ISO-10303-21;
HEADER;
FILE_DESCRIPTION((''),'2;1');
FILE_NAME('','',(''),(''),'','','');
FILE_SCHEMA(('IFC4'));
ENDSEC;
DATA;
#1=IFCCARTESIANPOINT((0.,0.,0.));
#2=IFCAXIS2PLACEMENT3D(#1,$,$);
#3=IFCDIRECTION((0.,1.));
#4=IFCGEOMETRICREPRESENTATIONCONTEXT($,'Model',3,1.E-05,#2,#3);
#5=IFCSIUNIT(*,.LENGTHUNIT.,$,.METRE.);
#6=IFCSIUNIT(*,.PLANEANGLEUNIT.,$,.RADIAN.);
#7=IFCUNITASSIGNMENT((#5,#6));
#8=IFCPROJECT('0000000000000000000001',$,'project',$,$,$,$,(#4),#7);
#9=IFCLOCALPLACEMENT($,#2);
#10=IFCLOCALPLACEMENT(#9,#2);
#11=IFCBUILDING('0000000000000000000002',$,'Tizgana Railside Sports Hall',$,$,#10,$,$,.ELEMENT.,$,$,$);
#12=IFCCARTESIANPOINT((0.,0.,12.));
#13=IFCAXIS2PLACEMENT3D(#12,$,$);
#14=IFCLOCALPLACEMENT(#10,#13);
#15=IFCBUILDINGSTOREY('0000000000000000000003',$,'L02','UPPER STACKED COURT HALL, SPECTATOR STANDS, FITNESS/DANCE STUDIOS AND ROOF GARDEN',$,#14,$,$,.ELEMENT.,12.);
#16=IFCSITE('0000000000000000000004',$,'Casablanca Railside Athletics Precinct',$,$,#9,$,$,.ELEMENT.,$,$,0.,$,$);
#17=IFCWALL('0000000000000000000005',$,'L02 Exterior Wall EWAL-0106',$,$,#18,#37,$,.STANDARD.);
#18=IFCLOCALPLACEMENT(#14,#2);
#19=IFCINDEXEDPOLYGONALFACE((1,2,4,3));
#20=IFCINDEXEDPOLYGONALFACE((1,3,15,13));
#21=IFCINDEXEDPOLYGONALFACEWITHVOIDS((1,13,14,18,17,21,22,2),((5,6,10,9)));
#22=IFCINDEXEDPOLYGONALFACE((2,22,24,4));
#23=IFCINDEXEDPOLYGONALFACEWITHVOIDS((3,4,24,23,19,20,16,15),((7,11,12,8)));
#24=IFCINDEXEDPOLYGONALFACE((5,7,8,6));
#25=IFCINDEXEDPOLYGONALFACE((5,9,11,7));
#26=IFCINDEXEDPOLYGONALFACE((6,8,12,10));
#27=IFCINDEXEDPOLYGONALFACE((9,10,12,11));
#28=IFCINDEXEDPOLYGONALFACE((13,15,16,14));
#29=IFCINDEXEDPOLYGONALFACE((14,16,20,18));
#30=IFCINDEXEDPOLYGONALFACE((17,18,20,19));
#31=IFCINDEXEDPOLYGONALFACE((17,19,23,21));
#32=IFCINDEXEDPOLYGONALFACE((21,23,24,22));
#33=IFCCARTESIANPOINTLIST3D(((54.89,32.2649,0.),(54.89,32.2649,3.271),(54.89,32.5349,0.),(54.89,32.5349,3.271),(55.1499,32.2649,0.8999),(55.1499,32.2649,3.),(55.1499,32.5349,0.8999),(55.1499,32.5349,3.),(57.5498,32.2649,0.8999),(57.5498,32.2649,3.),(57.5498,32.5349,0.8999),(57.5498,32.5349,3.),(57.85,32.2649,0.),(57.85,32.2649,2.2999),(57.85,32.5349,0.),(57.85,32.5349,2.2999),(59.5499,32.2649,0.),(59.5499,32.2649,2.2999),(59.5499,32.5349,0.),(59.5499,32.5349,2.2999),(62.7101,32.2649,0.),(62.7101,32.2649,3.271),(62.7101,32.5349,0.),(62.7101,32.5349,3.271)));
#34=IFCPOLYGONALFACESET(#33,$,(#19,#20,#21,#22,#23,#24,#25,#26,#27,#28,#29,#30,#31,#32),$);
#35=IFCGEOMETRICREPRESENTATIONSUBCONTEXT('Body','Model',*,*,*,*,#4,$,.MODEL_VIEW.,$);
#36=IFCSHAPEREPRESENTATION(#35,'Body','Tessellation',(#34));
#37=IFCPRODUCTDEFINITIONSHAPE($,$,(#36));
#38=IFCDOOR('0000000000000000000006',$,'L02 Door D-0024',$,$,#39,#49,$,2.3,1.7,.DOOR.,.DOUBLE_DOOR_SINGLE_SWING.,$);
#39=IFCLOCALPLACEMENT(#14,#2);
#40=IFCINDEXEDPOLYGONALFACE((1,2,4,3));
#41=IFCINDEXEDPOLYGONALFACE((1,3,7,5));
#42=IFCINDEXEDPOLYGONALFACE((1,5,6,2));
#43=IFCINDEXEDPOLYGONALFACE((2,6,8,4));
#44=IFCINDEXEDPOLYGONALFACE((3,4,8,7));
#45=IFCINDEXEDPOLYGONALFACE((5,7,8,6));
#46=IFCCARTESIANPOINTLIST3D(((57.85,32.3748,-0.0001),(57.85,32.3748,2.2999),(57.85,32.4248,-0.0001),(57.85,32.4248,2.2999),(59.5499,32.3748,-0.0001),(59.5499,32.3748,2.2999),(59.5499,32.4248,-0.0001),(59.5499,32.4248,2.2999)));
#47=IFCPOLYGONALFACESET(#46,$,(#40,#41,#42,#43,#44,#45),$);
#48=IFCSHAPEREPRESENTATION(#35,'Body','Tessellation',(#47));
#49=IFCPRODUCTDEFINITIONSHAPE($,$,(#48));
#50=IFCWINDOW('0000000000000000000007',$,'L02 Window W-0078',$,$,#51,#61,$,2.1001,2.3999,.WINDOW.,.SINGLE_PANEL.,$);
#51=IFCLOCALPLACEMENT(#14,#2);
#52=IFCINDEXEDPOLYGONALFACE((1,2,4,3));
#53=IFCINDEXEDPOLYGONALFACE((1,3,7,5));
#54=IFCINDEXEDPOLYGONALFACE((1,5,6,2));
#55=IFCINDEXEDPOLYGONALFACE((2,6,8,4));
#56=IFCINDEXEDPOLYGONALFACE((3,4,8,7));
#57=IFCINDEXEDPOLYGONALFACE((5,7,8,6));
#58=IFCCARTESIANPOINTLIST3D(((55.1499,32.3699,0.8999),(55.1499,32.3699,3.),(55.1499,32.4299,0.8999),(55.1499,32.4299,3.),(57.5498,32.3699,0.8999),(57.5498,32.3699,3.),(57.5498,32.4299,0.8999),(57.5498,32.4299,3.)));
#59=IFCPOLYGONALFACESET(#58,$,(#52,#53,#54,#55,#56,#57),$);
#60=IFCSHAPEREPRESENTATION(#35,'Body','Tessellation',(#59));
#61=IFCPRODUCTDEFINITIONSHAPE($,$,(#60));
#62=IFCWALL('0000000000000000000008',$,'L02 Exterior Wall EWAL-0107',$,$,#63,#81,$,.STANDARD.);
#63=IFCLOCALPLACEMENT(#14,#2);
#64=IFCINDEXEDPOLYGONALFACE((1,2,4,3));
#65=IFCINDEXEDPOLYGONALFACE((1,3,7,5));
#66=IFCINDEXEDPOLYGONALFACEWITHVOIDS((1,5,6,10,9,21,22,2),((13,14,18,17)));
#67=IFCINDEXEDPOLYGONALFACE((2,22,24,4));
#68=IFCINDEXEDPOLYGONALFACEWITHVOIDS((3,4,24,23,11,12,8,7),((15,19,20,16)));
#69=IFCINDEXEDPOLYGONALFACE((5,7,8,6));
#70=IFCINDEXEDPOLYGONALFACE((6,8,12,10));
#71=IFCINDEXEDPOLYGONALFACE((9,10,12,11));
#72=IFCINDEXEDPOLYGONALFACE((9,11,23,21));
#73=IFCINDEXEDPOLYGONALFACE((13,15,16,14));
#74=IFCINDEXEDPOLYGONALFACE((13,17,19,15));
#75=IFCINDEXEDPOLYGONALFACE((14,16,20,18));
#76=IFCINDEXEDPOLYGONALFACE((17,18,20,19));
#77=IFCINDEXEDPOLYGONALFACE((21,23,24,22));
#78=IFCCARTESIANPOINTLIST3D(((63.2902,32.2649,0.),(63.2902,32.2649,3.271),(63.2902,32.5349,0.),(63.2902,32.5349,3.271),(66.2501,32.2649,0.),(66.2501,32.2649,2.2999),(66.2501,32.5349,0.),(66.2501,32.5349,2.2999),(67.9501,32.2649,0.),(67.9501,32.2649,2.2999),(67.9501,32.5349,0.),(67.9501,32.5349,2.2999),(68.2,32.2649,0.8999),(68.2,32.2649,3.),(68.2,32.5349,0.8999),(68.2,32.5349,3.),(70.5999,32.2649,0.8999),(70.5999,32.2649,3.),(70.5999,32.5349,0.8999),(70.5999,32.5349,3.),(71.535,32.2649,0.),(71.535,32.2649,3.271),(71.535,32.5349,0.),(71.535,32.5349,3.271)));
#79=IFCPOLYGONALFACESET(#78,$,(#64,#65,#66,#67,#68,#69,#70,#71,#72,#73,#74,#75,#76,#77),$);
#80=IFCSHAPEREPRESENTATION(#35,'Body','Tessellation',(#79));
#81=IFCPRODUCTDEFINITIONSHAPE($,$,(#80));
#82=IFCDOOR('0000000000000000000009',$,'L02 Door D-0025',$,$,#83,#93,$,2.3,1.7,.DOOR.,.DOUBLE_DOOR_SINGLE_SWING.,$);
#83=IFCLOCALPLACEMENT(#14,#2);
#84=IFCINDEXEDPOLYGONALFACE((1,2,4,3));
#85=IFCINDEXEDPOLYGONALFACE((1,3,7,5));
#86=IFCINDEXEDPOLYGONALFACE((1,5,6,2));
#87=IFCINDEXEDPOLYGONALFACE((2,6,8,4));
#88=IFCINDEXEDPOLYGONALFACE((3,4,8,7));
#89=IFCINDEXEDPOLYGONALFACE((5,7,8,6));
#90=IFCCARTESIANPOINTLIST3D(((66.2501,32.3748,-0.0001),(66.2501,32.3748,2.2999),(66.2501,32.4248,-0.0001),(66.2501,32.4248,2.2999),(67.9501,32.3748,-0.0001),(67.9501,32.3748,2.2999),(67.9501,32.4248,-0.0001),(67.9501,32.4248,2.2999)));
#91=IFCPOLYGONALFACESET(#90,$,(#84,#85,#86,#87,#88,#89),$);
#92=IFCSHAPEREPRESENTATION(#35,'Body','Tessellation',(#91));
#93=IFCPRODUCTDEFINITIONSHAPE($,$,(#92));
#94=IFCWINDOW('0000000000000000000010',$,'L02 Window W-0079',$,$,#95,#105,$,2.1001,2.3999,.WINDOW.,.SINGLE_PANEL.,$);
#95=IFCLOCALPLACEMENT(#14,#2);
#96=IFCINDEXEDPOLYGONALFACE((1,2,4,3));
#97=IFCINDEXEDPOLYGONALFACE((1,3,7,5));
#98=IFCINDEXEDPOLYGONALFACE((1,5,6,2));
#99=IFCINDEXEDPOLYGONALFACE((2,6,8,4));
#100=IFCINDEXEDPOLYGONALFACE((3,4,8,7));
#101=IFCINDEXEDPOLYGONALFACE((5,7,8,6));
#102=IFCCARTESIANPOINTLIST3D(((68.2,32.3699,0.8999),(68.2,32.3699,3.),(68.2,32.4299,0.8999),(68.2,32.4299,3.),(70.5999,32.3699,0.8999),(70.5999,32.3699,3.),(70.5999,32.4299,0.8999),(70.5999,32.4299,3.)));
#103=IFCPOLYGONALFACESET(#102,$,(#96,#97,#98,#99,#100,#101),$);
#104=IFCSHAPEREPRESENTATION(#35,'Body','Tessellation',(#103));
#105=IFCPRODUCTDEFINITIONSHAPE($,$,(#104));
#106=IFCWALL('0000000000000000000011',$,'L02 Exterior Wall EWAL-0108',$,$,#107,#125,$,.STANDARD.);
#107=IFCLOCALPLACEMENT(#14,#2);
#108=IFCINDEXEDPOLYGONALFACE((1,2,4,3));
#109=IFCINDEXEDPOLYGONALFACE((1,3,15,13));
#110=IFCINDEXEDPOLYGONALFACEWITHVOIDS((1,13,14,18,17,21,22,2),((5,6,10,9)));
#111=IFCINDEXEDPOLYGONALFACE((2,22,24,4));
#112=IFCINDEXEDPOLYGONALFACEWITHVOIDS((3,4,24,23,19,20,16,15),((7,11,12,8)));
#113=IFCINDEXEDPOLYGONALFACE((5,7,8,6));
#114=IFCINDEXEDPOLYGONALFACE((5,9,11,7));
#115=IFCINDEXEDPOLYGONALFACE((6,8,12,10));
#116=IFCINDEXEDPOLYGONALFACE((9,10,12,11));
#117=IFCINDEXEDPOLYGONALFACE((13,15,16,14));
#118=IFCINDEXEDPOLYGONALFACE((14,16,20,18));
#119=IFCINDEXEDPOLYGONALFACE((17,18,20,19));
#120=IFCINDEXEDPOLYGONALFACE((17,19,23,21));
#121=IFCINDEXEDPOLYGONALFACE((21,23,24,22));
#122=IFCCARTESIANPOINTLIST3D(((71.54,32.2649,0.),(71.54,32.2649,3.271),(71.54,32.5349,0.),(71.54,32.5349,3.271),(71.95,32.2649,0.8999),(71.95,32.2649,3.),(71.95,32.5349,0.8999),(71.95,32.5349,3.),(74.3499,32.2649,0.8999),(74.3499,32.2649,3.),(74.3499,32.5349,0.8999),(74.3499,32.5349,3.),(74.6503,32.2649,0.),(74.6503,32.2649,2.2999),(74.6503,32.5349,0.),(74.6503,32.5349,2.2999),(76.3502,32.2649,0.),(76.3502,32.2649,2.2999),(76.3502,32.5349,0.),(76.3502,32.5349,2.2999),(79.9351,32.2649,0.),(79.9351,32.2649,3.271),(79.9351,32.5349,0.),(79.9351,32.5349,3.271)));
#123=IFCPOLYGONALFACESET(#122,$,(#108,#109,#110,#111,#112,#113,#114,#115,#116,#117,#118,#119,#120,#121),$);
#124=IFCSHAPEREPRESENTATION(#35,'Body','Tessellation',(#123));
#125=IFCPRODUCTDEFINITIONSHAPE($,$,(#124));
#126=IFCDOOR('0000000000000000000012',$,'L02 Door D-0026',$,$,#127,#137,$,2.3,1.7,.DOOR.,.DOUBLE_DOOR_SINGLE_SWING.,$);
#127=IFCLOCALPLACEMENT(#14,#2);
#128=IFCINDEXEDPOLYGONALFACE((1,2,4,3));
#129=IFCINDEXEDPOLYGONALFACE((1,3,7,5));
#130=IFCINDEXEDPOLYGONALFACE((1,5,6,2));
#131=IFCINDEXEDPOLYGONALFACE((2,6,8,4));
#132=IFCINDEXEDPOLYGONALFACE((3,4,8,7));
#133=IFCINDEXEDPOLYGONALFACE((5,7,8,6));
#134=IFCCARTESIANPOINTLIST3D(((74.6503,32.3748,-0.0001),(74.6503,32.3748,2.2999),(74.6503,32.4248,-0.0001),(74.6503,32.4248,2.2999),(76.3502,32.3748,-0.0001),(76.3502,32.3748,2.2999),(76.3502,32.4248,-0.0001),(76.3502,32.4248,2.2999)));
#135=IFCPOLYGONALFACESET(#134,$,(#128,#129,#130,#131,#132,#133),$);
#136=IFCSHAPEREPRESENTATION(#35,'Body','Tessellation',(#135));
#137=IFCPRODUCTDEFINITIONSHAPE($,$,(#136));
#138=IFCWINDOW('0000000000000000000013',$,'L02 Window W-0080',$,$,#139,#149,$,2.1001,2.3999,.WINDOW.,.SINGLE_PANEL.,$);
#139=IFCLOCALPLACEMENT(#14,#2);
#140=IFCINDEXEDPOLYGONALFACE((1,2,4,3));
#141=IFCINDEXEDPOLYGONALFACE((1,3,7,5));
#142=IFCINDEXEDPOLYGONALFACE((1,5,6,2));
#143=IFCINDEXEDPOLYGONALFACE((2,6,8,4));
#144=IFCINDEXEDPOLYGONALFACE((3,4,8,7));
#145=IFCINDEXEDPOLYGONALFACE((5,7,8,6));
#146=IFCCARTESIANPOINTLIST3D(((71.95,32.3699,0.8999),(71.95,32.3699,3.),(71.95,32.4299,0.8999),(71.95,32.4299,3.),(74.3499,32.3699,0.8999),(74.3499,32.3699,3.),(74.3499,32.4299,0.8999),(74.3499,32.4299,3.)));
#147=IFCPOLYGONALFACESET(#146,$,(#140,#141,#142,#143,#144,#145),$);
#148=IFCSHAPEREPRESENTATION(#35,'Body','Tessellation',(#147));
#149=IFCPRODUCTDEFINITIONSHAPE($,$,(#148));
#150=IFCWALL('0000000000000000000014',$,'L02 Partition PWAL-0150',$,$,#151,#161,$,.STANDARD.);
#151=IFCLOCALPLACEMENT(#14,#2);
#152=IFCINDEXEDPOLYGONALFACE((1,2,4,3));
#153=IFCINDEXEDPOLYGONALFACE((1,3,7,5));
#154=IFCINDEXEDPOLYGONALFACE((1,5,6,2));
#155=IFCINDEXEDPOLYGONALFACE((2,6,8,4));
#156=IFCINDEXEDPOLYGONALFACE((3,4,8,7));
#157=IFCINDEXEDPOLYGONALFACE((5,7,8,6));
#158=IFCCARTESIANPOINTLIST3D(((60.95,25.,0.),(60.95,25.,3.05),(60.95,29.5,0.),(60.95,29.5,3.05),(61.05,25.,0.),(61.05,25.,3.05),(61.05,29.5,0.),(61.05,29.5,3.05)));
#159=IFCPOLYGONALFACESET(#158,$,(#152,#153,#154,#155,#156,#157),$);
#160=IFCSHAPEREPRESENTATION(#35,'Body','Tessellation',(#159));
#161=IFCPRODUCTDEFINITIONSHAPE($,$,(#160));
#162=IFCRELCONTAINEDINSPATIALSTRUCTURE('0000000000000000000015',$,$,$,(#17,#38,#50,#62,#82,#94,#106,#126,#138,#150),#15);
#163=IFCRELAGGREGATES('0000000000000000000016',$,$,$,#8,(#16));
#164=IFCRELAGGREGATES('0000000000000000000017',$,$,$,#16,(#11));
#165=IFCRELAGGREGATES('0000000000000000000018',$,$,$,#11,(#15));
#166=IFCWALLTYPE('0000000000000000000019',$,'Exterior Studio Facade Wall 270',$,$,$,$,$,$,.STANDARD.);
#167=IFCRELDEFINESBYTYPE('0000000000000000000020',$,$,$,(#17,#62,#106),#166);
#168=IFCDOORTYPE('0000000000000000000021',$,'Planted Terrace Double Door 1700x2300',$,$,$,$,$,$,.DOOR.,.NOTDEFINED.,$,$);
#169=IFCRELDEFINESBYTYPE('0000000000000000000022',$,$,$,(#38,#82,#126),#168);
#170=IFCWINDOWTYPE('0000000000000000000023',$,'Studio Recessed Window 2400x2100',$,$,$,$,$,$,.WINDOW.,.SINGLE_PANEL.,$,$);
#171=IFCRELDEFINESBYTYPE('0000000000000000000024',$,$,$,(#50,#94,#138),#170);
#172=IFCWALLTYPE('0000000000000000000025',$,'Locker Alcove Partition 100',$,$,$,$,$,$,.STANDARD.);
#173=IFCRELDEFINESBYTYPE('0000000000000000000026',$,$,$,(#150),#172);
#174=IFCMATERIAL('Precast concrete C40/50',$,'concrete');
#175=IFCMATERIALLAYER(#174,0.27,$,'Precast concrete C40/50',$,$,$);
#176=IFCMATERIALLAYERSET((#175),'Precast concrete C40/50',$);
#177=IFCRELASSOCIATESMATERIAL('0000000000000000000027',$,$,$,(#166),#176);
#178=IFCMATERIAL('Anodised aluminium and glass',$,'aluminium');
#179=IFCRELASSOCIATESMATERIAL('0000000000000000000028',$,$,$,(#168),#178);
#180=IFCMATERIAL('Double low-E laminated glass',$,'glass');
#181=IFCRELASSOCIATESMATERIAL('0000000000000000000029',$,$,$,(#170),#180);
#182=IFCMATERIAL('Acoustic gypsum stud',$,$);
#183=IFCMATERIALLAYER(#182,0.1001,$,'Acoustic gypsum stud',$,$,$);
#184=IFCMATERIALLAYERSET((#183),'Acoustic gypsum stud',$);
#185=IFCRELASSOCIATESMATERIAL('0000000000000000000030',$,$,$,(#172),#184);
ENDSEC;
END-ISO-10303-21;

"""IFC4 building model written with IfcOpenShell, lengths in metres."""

from ifc_helpers import new_model, si_unit, direction, frame, frame_2d, origin, place, context, subcontext, project, spatial, rectangle, extrude, material, layer, layer_set, type_object, element, fill, save


model = new_model("IFC4")

# Units and contexts
model_context = context("Model", 3, precision=1e-05, world=origin(), true_north=direction((0.0, 1.0)))
body_context = subcontext(model_context, "Body", "Model", "MODEL_VIEW")
ifc_project = project(units=[si_unit("LENGTHUNIT", "METRE"), si_unit("PLANEANGLEUNIT", "RADIAN")], contexts=[model_context])

# Site, building, storey
site_placement = place(None, origin())
site = spatial("IfcSite", under=ifc_project, at=site_placement, Name="Casablanca Railside Athletics Precinct", CompositionType="ELEMENT", RefElevation=0.0)
building_placement = place(site_placement, origin())
building = spatial("IfcBuilding", under=site, at=building_placement, Name="Tizgana Railside Sports Hall", CompositionType="ELEMENT")
storey_placement = place(building_placement, frame((0.0, 0.0, 12.0)))
storey = spatial("IfcBuildingStorey", under=building, at=storey_placement, Name="L02", Description="UPPER STACKED COURT HALL, SPECTATOR STANDS, FITNESS/DANCE STUDIOS AND ROOF GARDEN", CompositionType="ELEMENT", Elevation=12.0)

# Walls, openings, doors, windows
ifc_material_1 = material(Name="Precast concrete C40/50", Category="concrete")
ifc_layer_1 = layer(ifc_material_1, 0.27, Name="Precast concrete C40/50")
ifc_layer_set_1 = layer_set([ifc_layer_1], Name="Precast concrete C40/50")
wall_type_1 = type_object("IfcWallType", Name="Exterior Studio Facade Wall 270", PredefinedType="STANDARD", material=ifc_layer_set_1)
wall_1_placement = place(storey_placement, frame((54.8899, 32.3999, 0.0), z_axis=(0.0, 0.0, 1.0), x_axis=(1.0, 0.0, 0.0)))
wall_1 = element("IfcWall", 1, at=wall_1_placement, inside=storey, type_object=wall_type_1, Name="L02 Exterior Wall EWAL-0106", PredefinedType="STANDARD", context=body_context, shape_type="SweptSolid", body=[
    extrude(rectangle(XDim=7.8201, YDim=0.27, at=frame_2d((3.9102, 0.0))), origin(), (0.0, 0.0, 1.0), 3.271),
])
opening_1_placement = place(wall_1_placement, frame((2.96, 0.0, 0.0)))
opening_1 = element("IfcOpeningElement", 2, at=opening_1_placement, cuts=wall_1, PredefinedType="OPENING", context=body_context, shape_type="SweptSolid", body=[
    extrude(rectangle(XDim=1.7, YDim=2.3, at=frame_2d((0.8501, 1.1499))), frame((0.0, 0.145, 0.0), z_axis=(0.0, -1.0, 0.0), x_axis=(1.0, 0.0, 0.0)), (0.0, 0.0, 1.0), 0.29),
])
opening_2_placement = place(wall_1_placement, frame((0.26, 0.0, 0.8999)))
opening_2 = element("IfcOpeningElement", 3, at=opening_2_placement, cuts=wall_1, PredefinedType="OPENING", context=body_context, shape_type="SweptSolid", body=[
    extrude(rectangle(XDim=2.3999, YDim=2.1001, at=frame_2d((1.2, 1.05))), frame((0.0, 0.145, 0.0), z_axis=(0.0, -1.0, 0.0), x_axis=(1.0, 0.0, 0.0)), (0.0, 0.0, 1.0), 0.29),
])
ifc_material_2 = material(Name="Anodised aluminium and glass", Category="aluminium")
door_type = type_object("IfcDoorType", Name="Planted Terrace Double Door 1700x2300", OperationType="NOTDEFINED", PredefinedType="DOOR", material=ifc_material_2)
door_1_placement = place(opening_1_placement, origin())
door_1 = element("IfcDoor", 4, at=door_1_placement, inside=storey, type_object=door_type, Name="L02 Door D-0024", OperationType="DOUBLE_DOOR_SINGLE_SWING", OverallHeight=2.3, OverallWidth=1.7, PredefinedType="DOOR", context=body_context, shape_type="SweptSolid", body=[
    extrude(rectangle(XDim=1.7, YDim=2.3, at=frame_2d((0.8501, 1.1499))), frame((0.0, 0.0249, 0.0), z_axis=(0.0, -1.0, 0.0), x_axis=(1.0, 0.0, 0.0)), (0.0, 0.0, 1.0), 0.05),
])
fill(opening_1, door_1)
ifc_material_3 = material(Name="Double low-E laminated glass", Category="glass")
window_type = type_object("IfcWindowType", Name="Studio Recessed Window 2400x2100", PartitioningType="SINGLE_PANEL", PredefinedType="WINDOW", material=ifc_material_3)
window_1_placement = place(opening_2_placement, origin())
window_1 = element("IfcWindow", 5, at=window_1_placement, inside=storey, type_object=window_type, Name="L02 Window W-0078", OverallHeight=2.1001, OverallWidth=2.3999, PartitioningType="SINGLE_PANEL", PredefinedType="WINDOW", context=body_context, shape_type="SweptSolid", body=[
    extrude(rectangle(XDim=2.3999, YDim=2.1001, at=frame_2d((1.2, 1.05))), frame((0.0, 0.03, 0.0), z_axis=(0.0, -1.0, 0.0), x_axis=(1.0, 0.0, 0.0)), (0.0, 0.0, 1.0), 0.0601),
])
fill(opening_2, window_1)
wall_2_placement = place(storey_placement, frame((63.29, 32.3999, 0.0), z_axis=(0.0, 0.0, 1.0), x_axis=(1.0, 0.0, 0.0)))
wall_2 = element("IfcWall", 6, at=wall_2_placement, inside=storey, type_object=wall_type_1, Name="L02 Exterior Wall EWAL-0107", PredefinedType="STANDARD", context=body_context, shape_type="SweptSolid", body=[
    extrude(rectangle(XDim=8.2449, YDim=0.27, at=frame_2d((4.1226, 0.0))), origin(), (0.0, 0.0, 1.0), 3.271),
])
opening_3_placement = place(wall_2_placement, frame((2.96, 0.0, 0.0)))
opening_3 = element("IfcOpeningElement", 7, at=opening_3_placement, cuts=wall_2, PredefinedType="OPENING", context=body_context, shape_type="SweptSolid", body=[
    extrude(rectangle(XDim=1.7, YDim=2.3, at=frame_2d((0.8501, 1.1499))), frame((0.0, 0.145, 0.0), z_axis=(0.0, -1.0, 0.0), x_axis=(1.0, 0.0, 0.0)), (0.0, 0.0, 1.0), 0.29),
])
opening_4_placement = place(wall_2_placement, frame((4.9099, 0.0, 0.8999)))
opening_4 = element("IfcOpeningElement", 8, at=opening_4_placement, cuts=wall_2, PredefinedType="OPENING", context=body_context, shape_type="SweptSolid", body=[
    extrude(rectangle(XDim=2.3999, YDim=2.1001, at=frame_2d((1.2, 1.05))), frame((0.0, 0.145, 0.0), z_axis=(0.0, -1.0, 0.0), x_axis=(1.0, 0.0, 0.0)), (0.0, 0.0, 1.0), 0.29),
])
door_2_placement = place(opening_3_placement, origin())
door_2 = element("IfcDoor", 9, at=door_2_placement, inside=storey, type_object=door_type, Name="L02 Door D-0025", OperationType="DOUBLE_DOOR_SINGLE_SWING", OverallHeight=2.3, OverallWidth=1.7, PredefinedType="DOOR", context=body_context, shape_type="SweptSolid", body=[
    extrude(rectangle(XDim=1.7, YDim=2.3, at=frame_2d((0.8501, 1.1499))), frame((0.0, 0.0249, 0.0), z_axis=(0.0, -1.0, 0.0), x_axis=(1.0, 0.0, 0.0)), (0.0, 0.0, 1.0), 0.05),
])
fill(opening_3, door_2)
window_2_placement = place(opening_4_placement, origin())
window_2 = element("IfcWindow", 10, at=window_2_placement, inside=storey, type_object=window_type, Name="L02 Window W-0079", OverallHeight=2.1001, OverallWidth=2.3999, PartitioningType="SINGLE_PANEL", PredefinedType="WINDOW", context=body_context, shape_type="SweptSolid", body=[
    extrude(rectangle(XDim=2.3999, YDim=2.1001, at=frame_2d((1.2, 1.05))), frame((0.0, 0.03, 0.0), z_axis=(0.0, -1.0, 0.0), x_axis=(1.0, 0.0, 0.0)), (0.0, 0.0, 1.0), 0.0601),
])
fill(opening_4, window_2)
wall_3_placement = place(storey_placement, frame((71.54, 32.3999, 0.0), z_axis=(0.0, 0.0, 1.0), x_axis=(1.0, 0.0, 0.0)))
wall_3 = element("IfcWall", 11, at=wall_3_placement, inside=storey, type_object=wall_type_1, Name="L02 Exterior Wall EWAL-0108", PredefinedType="STANDARD", context=body_context, shape_type="SweptSolid", body=[
    extrude(rectangle(XDim=8.395, YDim=0.27, at=frame_2d((4.1975, 0.0))), origin(), (0.0, 0.0, 1.0), 3.271),
])
opening_5_placement = place(wall_3_placement, frame((3.1101, 0.0, 0.0)))
opening_5 = element("IfcOpeningElement", 12, at=opening_5_placement, cuts=wall_3, PredefinedType="OPENING", context=body_context, shape_type="SweptSolid", body=[
    extrude(rectangle(XDim=1.7, YDim=2.3, at=frame_2d((0.8501, 1.1499))), frame((0.0, 0.145, 0.0), z_axis=(0.0, -1.0, 0.0), x_axis=(1.0, 0.0, 0.0)), (0.0, 0.0, 1.0), 0.29),
])
opening_6_placement = place(wall_3_placement, frame((0.4099, 0.0, 0.8999)))
opening_6 = element("IfcOpeningElement", 13, at=opening_6_placement, cuts=wall_3, PredefinedType="OPENING", context=body_context, shape_type="SweptSolid", body=[
    extrude(rectangle(XDim=2.3999, YDim=2.1001, at=frame_2d((1.2, 1.05))), frame((0.0, 0.145, 0.0), z_axis=(0.0, -1.0, 0.0), x_axis=(1.0, 0.0, 0.0)), (0.0, 0.0, 1.0), 0.29),
])
door_3_placement = place(opening_5_placement, origin())
door_3 = element("IfcDoor", 14, at=door_3_placement, inside=storey, type_object=door_type, Name="L02 Door D-0026", OperationType="DOUBLE_DOOR_SINGLE_SWING", OverallHeight=2.3, OverallWidth=1.7, PredefinedType="DOOR", context=body_context, shape_type="SweptSolid", body=[
    extrude(rectangle(XDim=1.7, YDim=2.3, at=frame_2d((0.8501, 1.1499))), frame((0.0, 0.0249, 0.0), z_axis=(0.0, -1.0, 0.0), x_axis=(1.0, 0.0, 0.0)), (0.0, 0.0, 1.0), 0.05),
])
fill(opening_5, door_3)
window_3_placement = place(opening_6_placement, origin())
window_3 = element("IfcWindow", 15, at=window_3_placement, inside=storey, type_object=window_type, Name="L02 Window W-0080", OverallHeight=2.1001, OverallWidth=2.3999, PartitioningType="SINGLE_PANEL", PredefinedType="WINDOW", context=body_context, shape_type="SweptSolid", body=[
    extrude(rectangle(XDim=2.3999, YDim=2.1001, at=frame_2d((1.2, 1.05))), frame((0.0, 0.03, 0.0), z_axis=(0.0, -1.0, 0.0), x_axis=(1.0, 0.0, 0.0)), (0.0, 0.0, 1.0), 0.0601),
])
fill(opening_6, window_3)

# Wall
ifc_material_4 = material(Name="Acoustic gypsum stud")
ifc_layer_2 = layer(ifc_material_4, 0.1001, Name="Acoustic gypsum stud")
ifc_layer_set_2 = layer_set([ifc_layer_2], Name="Acoustic gypsum stud")
wall_type_2 = type_object("IfcWallType", Name="Locker Alcove Partition 100", PredefinedType="STANDARD", material=ifc_layer_set_2)
for number, where, z_axis, x_axis, name in (
    (16, (61.0, 25.0, 0.0), (0.0, 0.0, 1.0), (0.0, 1.0, 0.0), "L02 Partition PWAL-0150"),
):
    element("IfcWall", number, at=place(storey_placement, frame(where, z_axis=z_axis, x_axis=x_axis)), inside=storey, type_object=wall_type_2, Name=name, PredefinedType="STANDARD", context=body_context, shape_type="SweptSolid", body=[
        extrude(rectangle(XDim=4.5, YDim=0.1001, at=frame_2d((2.25, 0.0))), origin(), (0.0, 0.0, 1.0), 3.05),
    ])

save(model, "model.ifc")
